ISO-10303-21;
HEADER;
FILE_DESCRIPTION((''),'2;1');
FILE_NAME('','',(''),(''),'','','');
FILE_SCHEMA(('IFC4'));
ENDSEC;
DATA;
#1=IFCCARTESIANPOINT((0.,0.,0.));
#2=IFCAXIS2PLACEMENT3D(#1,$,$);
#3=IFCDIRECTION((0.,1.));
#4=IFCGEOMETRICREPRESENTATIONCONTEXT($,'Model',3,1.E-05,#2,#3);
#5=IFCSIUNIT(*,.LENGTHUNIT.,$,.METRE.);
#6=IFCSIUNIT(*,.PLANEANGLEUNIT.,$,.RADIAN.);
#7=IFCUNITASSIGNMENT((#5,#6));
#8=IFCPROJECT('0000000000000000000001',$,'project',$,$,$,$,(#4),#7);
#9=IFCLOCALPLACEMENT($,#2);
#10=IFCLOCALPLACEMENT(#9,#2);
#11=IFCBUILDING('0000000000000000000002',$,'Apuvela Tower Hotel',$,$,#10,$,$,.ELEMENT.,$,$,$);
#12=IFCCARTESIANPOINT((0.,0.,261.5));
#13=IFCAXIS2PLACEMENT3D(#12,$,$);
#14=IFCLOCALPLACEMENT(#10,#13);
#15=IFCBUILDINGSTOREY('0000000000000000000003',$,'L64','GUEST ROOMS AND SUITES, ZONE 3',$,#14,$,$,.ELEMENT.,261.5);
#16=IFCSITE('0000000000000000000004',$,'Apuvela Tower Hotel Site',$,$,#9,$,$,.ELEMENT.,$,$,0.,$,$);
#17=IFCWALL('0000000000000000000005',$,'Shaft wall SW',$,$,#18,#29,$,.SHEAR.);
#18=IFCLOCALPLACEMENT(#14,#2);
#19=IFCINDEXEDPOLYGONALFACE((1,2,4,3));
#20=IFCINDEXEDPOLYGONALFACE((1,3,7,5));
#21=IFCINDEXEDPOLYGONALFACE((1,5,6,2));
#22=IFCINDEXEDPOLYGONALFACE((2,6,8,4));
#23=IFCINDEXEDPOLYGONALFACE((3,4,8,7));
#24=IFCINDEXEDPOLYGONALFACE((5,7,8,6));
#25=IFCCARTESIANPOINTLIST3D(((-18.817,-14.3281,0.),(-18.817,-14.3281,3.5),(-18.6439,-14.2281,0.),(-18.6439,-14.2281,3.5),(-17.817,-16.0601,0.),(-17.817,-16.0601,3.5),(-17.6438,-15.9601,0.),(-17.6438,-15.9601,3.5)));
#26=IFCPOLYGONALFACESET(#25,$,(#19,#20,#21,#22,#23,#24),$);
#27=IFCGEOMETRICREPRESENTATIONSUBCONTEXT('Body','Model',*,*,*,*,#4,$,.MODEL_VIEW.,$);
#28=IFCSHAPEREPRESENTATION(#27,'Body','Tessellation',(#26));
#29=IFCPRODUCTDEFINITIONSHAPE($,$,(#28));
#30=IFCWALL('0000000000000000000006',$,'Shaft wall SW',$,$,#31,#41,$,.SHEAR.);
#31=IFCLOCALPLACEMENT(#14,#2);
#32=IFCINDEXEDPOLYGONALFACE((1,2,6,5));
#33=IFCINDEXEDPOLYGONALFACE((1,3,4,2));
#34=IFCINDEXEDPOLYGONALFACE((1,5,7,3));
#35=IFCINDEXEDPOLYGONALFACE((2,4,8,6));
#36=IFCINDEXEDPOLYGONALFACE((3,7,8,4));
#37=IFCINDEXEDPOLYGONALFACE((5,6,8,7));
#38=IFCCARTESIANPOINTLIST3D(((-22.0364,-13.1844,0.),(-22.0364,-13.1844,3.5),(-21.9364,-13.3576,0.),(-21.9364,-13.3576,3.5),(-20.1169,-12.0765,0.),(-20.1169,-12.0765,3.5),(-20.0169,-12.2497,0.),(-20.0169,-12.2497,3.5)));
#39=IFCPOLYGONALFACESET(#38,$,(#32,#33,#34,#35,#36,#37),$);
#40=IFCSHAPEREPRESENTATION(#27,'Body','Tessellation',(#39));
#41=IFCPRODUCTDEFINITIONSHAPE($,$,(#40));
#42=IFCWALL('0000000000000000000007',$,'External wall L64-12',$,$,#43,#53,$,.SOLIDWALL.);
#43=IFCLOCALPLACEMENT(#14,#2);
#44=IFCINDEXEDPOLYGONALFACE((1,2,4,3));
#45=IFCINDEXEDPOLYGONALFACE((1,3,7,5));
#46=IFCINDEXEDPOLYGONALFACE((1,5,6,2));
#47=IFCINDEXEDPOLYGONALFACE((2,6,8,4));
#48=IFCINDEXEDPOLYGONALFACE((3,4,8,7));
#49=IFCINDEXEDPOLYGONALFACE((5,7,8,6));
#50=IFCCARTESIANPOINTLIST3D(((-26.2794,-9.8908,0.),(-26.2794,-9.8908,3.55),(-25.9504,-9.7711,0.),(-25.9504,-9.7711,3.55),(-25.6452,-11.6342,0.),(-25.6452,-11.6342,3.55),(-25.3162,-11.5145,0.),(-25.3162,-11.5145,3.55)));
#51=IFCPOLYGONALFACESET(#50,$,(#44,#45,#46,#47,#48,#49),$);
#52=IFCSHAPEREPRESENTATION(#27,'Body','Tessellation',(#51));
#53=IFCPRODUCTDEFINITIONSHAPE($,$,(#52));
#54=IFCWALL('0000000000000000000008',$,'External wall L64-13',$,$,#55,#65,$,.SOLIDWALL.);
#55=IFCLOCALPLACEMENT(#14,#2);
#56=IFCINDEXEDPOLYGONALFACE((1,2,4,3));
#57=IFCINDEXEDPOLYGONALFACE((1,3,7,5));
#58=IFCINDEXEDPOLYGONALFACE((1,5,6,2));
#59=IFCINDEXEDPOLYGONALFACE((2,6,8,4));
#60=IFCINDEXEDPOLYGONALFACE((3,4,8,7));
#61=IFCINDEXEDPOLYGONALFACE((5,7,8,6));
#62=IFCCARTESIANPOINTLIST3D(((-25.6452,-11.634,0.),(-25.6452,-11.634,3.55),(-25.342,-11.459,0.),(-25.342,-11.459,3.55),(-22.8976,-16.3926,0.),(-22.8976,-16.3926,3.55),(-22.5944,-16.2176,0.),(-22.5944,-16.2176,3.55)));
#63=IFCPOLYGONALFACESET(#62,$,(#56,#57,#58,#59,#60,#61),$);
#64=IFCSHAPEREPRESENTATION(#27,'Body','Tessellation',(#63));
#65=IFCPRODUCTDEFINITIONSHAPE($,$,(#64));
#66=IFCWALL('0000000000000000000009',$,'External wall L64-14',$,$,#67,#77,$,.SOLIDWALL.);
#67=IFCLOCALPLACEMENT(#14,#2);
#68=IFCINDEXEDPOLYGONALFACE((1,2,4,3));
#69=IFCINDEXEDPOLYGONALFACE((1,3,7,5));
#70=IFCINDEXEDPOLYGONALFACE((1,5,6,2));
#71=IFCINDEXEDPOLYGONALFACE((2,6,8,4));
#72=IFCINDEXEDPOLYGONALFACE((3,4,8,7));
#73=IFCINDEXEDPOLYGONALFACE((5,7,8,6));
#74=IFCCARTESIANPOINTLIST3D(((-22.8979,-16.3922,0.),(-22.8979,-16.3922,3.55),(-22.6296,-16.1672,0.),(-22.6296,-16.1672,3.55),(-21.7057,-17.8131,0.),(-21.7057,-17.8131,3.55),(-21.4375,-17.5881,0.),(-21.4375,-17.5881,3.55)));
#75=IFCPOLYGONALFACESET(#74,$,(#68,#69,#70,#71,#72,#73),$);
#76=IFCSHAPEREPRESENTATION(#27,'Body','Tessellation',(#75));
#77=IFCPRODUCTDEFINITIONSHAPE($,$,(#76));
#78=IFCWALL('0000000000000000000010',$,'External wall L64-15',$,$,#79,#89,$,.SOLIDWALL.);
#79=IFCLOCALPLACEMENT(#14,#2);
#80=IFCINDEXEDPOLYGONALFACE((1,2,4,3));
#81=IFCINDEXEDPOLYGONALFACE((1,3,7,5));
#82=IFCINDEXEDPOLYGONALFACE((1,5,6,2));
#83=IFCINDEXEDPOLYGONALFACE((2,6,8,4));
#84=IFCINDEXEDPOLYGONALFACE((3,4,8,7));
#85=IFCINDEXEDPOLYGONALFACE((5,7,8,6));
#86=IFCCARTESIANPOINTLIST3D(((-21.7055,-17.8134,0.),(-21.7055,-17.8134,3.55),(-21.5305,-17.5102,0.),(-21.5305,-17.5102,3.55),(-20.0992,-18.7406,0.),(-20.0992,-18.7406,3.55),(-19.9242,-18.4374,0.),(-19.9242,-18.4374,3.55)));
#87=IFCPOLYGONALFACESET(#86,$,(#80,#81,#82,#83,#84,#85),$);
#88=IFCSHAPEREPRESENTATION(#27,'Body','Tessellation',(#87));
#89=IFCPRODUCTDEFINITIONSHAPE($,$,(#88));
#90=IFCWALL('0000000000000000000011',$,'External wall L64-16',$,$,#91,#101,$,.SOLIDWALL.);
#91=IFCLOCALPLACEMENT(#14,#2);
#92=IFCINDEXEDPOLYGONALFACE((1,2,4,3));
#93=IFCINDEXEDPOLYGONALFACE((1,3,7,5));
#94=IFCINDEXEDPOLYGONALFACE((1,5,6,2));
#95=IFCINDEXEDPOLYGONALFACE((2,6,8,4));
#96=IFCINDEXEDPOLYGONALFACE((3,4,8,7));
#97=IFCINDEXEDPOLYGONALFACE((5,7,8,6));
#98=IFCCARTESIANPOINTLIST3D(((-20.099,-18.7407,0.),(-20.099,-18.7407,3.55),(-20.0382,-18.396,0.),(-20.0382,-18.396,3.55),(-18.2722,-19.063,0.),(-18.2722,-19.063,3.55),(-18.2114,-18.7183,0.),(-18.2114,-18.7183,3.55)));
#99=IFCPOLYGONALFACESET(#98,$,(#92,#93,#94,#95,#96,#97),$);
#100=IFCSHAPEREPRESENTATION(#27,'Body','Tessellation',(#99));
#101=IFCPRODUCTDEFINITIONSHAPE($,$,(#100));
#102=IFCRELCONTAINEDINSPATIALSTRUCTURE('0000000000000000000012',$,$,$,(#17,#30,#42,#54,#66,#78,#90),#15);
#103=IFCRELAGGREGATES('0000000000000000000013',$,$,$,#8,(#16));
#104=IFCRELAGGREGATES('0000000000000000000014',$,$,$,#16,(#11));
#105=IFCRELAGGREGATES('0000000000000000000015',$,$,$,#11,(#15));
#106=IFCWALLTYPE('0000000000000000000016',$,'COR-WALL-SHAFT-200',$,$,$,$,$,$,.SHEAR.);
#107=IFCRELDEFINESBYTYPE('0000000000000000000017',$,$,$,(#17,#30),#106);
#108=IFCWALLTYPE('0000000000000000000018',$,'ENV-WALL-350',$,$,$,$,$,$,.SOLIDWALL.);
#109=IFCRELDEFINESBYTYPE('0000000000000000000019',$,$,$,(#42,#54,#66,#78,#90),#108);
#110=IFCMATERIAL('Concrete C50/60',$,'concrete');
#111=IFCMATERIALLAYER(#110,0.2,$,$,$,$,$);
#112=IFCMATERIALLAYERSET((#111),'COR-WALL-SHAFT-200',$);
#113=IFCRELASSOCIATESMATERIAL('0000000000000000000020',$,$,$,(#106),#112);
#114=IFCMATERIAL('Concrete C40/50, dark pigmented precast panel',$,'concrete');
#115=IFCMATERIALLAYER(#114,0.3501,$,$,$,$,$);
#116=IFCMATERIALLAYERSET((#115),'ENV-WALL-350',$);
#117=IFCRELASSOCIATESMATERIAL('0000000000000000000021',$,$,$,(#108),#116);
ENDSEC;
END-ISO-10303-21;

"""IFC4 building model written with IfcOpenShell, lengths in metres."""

from ifc_helpers import new_model, si_unit, direction, frame, frame_2d, origin, place, context, subcontext, project, spatial, rectangle, extrude, material, layer, layer_set, type_object, element, save


model = new_model("IFC4")

# Units and contexts
model_context = context("Model", 3, precision=1e-05, world=origin(), true_north=direction((0.0, 1.0)))
body_context = subcontext(model_context, "Body", "Model", "MODEL_VIEW")
ifc_project = project(units=[si_unit("LENGTHUNIT", "METRE"), si_unit("PLANEANGLEUNIT", "RADIAN")], contexts=[model_context])

# Site, building, storey
site_placement = place(None, origin())
site = spatial("IfcSite", under=ifc_project, at=site_placement, Name="Apuvela Tower Hotel Site", CompositionType="ELEMENT", RefElevation=0.0)
building_placement = place(site_placement, origin())
building = spatial("IfcBuilding", under=site, at=building_placement, Name="Apuvela Tower Hotel", CompositionType="ELEMENT")
storey_placement = place(building_placement, frame((0.0, 0.0, 261.5)))
storey = spatial("IfcBuildingStorey", under=building, at=storey_placement, Name="L64", Description="GUEST ROOMS AND SUITES, ZONE 3", CompositionType="ELEMENT", Elevation=261.5)

# Shared definitions
ifc_material_1 = material(Name="Concrete C50/60", Category="concrete")
ifc_layer_1 = layer(ifc_material_1, 0.2)
ifc_layer_set_1 = layer_set([ifc_layer_1], Name="COR-WALL-SHAFT-200")
wall_type_1 = type_object("IfcWallType", Name="COR-WALL-SHAFT-200", PredefinedType="SHEAR", material=ifc_layer_set_1)

# Walls
wall_1_placement = place(storey_placement, frame((-18.7305, -14.2781, 0.0), z_axis=(0.0, 0.0, 1.0), x_axis=(0.500025, -0.866011, 0.0)))
element("IfcWall", 1, at=wall_1_placement, inside=storey, type_object=wall_type_1, Name="Shaft wall SW", PredefinedType="SHEAR", context=body_context, shape_type="SweptSolid", body=[
    extrude(rectangle(XDim=2.0, YDim=0.2, at=frame_2d((1.0, 0.0))), origin(), (0.0, 0.0, 1.0), 3.5),
])
wall_2_placement = place(storey_placement, frame((-20.0669, -12.1631, 0.0), z_axis=(0.0, 0.0, 1.0), x_axis=(-0.866079, -0.499907, 0.0)))
element("IfcWall", 2, at=wall_2_placement, inside=storey, type_object=wall_type_1, Name="Shaft wall SW", PredefinedType="SHEAR", context=body_context, shape_type="SweptSolid", body=[
    extrude(rectangle(XDim=2.2163, YDim=0.2, at=frame_2d((1.1082, 0.0))), origin(), (0.0, 0.0, 1.0), 3.5),
])
ifc_material_2 = material(Name="Concrete C40/50, dark pigmented precast panel", Category="concrete")
ifc_layer_2 = layer(ifc_material_2, 0.3501)
ifc_layer_set_2 = layer_set([ifc_layer_2], Name="ENV-WALL-350")
wall_type_2 = type_object("IfcWallType", Name="ENV-WALL-350", PredefinedType="SOLIDWALL", material=ifc_layer_set_2)
wall_3_placement = place(storey_placement, frame((-26.115, -9.8308, 0.0), z_axis=(0.0, 0.0, 1.0), x_axis=(0.341891, -0.93974, 0.0)))
element("IfcWall", 3, at=wall_3_placement, inside=storey, type_object=wall_type_2, Name="External wall L64-12", PredefinedType="SOLIDWALL", context=body_context, shape_type="SweptSolid", body=[
    extrude(rectangle(XDim=1.8552, YDim=0.3501, at=frame_2d((0.9277, 0.0))), origin(), (0.0, 0.0, 1.0), 3.55),
])
wall_4_placement = place(storey_placement, frame((-25.4937, -11.5464, 0.0), z_axis=(0.0, 0.0, 1.0), x_axis=(0.500029, -0.866009, 0.0)))
element("IfcWall", 4, at=wall_4_placement, inside=storey, type_object=wall_type_2, Name="External wall L64-13", PredefinedType="SOLIDWALL", context=body_context, shape_type="SweptSolid", body=[
    extrude(rectangle(XDim=5.4949, YDim=0.3501, at=frame_2d((2.7476, 0.0))), origin(), (0.0, 0.0, 1.0), 3.55),
])
for number, where, z_axis, x_axis, name in (
    (5, (-22.7637, -16.2798, 0.0), (0.0, 0.0, 1.0), (0.642744, -0.766081, 0.0), "External wall L64-14"),
    (6, (-21.6179, -17.6619, 0.0), (0.0, 0.0, 1.0), (0.86608, -0.499905, 0.0), "External wall L64-15"),
):
    element("IfcWall", number, at=place(storey_placement, frame(where, z_axis=z_axis, x_axis=x_axis)), inside=storey, type_object=wall_type_2, Name=name, PredefinedType="SOLIDWALL", context=body_context, shape_type="SweptSolid", body=[
        extrude(rectangle(XDim=1.8547, YDim=0.3501, at=frame_2d((0.9272, 0.0))), origin(), (0.0, 0.0, 1.0), 3.55),
    ])
wall_5_placement = place(storey_placement, frame((-20.0686, -18.5684, 0.0), z_axis=(0.0, 0.0, 1.0), x_axis=(0.984792, -0.17374, 0.0)))
element("IfcWall", 7, at=wall_5_placement, inside=storey, type_object=wall_type_2, Name="External wall L64-16", PredefinedType="SOLIDWALL", context=body_context, shape_type="SweptSolid", body=[
    extrude(rectangle(XDim=1.855, YDim=0.3501, at=frame_2d((0.9275, 0.0))), origin(), (0.0, 0.0, 1.0), 3.55),
])

save(model, "model.ifc")
